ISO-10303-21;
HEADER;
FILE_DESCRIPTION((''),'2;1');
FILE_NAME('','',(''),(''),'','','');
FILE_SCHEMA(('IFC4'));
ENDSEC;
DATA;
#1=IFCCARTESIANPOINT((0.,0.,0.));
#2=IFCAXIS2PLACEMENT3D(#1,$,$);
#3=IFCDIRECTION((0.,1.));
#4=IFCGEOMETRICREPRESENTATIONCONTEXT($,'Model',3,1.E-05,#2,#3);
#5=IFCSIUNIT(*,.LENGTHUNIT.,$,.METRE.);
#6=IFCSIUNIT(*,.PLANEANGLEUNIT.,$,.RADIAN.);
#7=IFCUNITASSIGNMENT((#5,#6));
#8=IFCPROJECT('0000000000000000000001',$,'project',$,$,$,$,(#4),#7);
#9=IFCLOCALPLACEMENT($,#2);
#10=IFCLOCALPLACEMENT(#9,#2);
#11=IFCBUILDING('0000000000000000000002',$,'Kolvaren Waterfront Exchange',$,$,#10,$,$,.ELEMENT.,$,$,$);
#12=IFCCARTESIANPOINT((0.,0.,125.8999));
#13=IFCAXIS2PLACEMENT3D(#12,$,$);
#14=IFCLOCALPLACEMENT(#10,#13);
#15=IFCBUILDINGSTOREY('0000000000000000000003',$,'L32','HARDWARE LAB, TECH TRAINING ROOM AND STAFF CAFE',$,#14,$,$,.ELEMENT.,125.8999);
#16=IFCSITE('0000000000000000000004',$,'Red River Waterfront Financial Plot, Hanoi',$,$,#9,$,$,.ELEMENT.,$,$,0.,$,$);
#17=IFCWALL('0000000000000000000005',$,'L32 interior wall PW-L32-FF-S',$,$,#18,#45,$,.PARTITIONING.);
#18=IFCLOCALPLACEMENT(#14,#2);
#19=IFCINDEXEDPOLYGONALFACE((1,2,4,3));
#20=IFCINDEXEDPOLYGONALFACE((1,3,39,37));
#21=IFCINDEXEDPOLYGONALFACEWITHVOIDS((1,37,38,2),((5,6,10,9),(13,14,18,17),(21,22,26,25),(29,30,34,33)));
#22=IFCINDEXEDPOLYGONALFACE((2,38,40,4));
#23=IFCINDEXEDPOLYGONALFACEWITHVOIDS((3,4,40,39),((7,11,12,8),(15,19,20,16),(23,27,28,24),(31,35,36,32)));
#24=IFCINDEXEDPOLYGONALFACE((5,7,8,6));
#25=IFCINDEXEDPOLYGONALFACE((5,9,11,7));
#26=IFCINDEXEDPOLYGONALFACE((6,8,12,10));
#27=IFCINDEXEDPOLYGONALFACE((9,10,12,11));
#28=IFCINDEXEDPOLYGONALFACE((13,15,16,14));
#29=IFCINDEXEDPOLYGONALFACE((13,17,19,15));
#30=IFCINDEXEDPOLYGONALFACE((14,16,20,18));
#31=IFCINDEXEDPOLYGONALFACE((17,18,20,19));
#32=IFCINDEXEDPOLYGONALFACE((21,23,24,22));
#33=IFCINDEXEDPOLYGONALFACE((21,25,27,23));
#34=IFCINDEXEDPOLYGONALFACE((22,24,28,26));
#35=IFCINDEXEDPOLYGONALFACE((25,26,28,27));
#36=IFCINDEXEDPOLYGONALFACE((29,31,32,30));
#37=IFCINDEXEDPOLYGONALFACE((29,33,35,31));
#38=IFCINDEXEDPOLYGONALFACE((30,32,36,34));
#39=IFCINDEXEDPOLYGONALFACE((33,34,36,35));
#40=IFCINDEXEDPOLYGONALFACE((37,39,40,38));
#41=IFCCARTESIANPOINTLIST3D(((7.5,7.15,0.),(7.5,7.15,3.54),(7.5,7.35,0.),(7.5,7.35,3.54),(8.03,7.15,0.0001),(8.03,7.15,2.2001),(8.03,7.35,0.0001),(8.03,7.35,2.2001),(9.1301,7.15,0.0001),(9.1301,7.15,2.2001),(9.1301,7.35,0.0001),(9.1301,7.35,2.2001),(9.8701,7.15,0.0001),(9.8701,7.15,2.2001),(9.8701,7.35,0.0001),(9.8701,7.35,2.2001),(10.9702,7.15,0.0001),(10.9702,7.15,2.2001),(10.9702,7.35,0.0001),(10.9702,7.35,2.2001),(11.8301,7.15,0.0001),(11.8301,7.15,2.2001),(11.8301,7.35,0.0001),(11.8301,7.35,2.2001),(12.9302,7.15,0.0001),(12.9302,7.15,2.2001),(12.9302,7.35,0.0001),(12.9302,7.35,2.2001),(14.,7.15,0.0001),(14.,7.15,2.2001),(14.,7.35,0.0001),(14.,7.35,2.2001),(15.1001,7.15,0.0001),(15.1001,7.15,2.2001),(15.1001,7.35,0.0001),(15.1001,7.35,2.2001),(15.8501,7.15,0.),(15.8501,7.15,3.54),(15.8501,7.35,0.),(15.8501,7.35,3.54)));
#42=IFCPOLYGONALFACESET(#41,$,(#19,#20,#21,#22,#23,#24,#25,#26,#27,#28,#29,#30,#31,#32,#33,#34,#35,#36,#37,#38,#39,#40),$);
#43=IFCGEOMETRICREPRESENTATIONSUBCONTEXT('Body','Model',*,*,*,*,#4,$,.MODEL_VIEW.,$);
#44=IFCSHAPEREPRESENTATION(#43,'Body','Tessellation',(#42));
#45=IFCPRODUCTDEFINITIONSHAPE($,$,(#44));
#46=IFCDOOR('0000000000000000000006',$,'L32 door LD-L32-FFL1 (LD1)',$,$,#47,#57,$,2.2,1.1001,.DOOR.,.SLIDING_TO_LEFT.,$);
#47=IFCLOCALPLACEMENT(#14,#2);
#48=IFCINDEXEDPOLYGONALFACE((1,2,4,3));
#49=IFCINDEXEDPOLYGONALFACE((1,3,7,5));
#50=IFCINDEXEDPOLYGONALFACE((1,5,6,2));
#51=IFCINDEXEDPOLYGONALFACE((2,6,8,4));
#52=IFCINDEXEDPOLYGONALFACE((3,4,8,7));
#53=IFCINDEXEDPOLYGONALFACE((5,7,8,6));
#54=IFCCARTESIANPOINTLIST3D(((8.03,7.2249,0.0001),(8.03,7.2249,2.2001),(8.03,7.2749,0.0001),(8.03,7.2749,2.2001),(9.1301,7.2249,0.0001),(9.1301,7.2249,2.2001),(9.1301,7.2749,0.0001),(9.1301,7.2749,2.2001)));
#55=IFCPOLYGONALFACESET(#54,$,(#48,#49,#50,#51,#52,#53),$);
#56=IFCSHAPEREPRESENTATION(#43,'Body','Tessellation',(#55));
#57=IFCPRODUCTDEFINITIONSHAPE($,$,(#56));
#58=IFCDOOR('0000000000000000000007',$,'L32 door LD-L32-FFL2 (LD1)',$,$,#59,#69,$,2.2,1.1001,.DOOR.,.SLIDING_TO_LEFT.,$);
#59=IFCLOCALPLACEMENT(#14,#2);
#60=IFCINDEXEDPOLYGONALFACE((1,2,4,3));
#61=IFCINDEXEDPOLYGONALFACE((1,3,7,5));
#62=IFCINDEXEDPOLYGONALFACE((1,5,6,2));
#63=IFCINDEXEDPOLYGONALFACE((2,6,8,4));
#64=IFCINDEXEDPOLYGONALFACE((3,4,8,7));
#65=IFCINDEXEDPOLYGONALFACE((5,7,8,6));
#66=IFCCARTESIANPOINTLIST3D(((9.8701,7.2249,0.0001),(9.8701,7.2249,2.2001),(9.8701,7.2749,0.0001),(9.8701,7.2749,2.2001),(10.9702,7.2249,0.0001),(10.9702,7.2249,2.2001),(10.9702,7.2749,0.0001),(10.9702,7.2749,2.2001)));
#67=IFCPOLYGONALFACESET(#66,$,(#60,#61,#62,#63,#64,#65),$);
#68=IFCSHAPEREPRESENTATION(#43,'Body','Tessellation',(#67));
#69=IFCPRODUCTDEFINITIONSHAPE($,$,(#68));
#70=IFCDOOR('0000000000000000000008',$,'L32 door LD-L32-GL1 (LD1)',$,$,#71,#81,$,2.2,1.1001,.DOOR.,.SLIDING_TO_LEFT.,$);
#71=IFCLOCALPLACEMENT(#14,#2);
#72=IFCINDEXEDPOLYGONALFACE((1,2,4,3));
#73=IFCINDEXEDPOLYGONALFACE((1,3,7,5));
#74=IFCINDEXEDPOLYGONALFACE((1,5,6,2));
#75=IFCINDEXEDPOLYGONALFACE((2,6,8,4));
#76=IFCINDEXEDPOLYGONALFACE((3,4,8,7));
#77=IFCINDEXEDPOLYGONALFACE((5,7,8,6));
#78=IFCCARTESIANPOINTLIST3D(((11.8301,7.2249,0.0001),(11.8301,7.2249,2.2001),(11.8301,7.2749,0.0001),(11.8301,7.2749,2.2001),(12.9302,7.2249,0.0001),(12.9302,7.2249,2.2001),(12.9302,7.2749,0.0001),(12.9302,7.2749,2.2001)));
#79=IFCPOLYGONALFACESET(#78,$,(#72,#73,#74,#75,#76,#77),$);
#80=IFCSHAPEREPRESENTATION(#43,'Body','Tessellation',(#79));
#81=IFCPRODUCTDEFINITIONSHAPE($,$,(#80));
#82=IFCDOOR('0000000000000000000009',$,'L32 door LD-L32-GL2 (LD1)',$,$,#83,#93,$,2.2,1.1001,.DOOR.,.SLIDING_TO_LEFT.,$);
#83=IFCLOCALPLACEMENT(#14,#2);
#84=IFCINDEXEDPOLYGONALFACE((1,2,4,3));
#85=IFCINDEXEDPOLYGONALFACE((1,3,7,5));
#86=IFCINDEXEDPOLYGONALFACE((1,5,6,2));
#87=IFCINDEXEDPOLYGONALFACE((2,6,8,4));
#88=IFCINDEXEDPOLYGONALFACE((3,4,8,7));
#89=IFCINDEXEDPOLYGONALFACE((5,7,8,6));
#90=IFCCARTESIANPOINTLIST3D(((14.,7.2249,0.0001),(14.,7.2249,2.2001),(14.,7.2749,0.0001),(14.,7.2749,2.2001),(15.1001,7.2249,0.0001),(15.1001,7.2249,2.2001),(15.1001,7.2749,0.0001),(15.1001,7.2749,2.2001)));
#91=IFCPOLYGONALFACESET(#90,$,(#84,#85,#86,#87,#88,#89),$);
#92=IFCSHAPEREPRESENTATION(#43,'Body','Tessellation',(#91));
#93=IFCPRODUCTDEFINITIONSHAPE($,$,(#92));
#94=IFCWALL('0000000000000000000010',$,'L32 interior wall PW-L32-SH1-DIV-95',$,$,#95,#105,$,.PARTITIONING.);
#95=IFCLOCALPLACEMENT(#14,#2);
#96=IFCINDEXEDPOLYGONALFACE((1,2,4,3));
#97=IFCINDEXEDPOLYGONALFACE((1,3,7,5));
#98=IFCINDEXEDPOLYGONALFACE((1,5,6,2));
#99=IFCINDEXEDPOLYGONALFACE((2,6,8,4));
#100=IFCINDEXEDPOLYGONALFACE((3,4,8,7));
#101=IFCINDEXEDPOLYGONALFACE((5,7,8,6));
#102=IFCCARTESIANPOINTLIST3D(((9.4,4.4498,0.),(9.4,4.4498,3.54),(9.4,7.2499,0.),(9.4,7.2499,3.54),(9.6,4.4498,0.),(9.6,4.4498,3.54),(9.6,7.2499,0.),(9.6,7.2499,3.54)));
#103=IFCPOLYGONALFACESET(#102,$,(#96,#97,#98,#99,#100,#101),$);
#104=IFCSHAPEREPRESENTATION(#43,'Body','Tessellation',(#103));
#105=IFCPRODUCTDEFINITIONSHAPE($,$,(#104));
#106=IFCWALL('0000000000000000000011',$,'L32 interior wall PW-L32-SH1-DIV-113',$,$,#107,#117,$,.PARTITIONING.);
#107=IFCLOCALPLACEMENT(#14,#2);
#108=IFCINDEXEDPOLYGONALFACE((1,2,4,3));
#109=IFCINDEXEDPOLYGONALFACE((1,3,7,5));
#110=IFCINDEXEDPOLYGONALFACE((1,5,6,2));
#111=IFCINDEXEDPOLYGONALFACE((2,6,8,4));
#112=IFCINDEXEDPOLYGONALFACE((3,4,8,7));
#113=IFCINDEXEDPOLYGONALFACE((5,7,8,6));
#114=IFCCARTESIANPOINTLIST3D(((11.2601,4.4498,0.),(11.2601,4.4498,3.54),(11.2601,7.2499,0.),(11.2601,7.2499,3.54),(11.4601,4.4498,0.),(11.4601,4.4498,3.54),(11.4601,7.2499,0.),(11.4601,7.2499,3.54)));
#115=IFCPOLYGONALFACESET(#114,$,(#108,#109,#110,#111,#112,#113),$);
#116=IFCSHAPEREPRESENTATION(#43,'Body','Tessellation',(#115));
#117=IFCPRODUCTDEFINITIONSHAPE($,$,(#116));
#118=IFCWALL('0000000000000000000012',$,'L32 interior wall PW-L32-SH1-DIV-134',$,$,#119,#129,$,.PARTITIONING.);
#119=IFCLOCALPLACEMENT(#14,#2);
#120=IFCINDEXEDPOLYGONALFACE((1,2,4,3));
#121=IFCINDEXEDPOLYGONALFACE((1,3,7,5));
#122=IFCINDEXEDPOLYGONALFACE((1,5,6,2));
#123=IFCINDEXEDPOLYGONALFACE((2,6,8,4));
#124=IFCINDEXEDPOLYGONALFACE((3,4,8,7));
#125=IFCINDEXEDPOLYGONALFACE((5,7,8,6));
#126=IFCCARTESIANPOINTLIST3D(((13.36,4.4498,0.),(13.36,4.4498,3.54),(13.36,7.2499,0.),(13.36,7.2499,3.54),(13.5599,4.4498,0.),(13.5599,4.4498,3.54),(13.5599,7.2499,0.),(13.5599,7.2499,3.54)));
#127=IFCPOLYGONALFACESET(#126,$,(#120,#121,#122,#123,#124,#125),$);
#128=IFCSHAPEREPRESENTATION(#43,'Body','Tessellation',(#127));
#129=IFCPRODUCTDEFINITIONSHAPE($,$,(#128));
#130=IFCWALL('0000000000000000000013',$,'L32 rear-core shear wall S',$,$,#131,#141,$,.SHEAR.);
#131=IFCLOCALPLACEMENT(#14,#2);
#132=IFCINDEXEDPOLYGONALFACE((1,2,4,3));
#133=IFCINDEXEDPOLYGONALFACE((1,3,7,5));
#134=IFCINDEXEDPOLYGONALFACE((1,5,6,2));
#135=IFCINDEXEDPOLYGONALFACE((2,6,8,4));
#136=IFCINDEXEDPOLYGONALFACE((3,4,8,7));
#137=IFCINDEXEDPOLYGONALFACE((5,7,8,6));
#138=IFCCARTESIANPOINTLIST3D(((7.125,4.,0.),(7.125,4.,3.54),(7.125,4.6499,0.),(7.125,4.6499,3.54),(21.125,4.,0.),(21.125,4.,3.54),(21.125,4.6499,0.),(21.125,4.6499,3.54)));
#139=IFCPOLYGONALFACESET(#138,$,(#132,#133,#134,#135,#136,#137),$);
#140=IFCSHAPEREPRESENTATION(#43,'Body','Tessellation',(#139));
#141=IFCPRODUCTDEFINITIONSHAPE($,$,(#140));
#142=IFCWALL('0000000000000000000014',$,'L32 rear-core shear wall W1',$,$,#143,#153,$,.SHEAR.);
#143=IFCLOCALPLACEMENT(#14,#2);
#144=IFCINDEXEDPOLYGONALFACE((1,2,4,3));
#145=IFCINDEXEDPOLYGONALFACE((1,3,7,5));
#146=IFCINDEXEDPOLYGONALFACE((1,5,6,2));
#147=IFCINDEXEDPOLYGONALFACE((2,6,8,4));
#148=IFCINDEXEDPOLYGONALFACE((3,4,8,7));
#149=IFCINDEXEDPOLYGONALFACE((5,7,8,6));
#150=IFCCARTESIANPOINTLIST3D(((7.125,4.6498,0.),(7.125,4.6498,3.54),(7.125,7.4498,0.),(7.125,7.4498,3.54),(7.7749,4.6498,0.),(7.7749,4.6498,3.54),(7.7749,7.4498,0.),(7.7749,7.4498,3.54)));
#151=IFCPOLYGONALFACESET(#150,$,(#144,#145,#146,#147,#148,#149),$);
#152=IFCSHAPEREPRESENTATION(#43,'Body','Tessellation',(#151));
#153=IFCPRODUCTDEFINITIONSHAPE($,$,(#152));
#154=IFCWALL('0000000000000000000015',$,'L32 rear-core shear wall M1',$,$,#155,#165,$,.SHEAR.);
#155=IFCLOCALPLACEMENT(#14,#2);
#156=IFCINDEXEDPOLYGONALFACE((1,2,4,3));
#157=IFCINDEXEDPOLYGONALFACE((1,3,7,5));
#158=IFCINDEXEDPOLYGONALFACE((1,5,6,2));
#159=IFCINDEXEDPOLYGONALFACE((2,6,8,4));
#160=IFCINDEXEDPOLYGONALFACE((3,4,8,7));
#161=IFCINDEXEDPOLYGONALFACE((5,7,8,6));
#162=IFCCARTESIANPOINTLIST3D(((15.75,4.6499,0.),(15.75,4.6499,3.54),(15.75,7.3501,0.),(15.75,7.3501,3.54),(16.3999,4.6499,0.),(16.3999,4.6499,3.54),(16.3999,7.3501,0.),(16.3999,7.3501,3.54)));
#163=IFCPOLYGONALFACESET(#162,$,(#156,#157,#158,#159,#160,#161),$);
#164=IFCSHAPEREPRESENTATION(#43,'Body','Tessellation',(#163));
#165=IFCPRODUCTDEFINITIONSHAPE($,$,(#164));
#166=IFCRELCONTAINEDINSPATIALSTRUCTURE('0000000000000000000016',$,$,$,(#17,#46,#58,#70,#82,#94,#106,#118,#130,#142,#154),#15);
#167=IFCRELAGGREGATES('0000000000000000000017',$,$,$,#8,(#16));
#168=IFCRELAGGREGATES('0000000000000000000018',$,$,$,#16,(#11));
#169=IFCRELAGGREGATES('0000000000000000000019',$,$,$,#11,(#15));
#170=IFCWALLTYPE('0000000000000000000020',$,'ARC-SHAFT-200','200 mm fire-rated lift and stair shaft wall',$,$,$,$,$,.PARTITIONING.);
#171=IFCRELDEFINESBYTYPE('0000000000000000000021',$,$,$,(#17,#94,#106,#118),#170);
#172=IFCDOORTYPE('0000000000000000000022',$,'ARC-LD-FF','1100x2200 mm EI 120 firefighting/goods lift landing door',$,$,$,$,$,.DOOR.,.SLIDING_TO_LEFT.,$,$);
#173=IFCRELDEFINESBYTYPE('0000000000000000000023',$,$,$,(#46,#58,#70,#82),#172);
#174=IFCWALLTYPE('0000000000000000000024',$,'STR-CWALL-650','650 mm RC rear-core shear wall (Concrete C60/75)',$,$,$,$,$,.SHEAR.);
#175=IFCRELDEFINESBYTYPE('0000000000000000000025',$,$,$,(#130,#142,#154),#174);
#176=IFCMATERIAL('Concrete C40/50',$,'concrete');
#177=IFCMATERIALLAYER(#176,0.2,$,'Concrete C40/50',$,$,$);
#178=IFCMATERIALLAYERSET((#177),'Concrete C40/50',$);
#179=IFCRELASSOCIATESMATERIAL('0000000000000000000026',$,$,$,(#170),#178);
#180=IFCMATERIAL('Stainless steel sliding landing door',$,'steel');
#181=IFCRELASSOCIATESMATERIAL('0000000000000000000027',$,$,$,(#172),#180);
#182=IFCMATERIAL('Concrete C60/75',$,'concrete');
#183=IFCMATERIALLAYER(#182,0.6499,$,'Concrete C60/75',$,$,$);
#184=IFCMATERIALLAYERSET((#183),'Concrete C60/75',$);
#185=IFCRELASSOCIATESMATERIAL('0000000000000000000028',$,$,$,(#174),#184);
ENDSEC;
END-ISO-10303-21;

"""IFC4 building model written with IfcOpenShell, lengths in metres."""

from ifc_helpers import new_model, si_unit, direction, frame, frame_2d, origin, place, context, subcontext, project, spatial, rectangle, extrude, material, layer, layer_set, type_object, element, fill, save


model = new_model("IFC4")

# Units and contexts
model_context = context("Model", 3, precision=1e-05, world=origin(), true_north=direction((0.0, 1.0)))
body_context = subcontext(model_context, "Body", "Model", "MODEL_VIEW")
ifc_project = project(units=[si_unit("LENGTHUNIT", "METRE"), si_unit("PLANEANGLEUNIT", "RADIAN")], contexts=[model_context])

# Site, building, storey
site_placement = place(None, origin())
site = spatial("IfcSite", under=ifc_project, at=site_placement, Name="Red River Waterfront Financial Plot, Hanoi", CompositionType="ELEMENT", RefElevation=0.0)
building_placement = place(site_placement, origin())
building = spatial("IfcBuilding", under=site, at=building_placement, Name="Kolvaren Waterfront Exchange", CompositionType="ELEMENT")
storey_placement = place(building_placement, frame((0.0, 0.0, 125.8999)))
storey = spatial("IfcBuildingStorey", under=building, at=storey_placement, Name="L32", Description="HARDWARE LAB, TECH TRAINING ROOM AND STAFF CAFE", CompositionType="ELEMENT", Elevation=125.8999)

# Shared definitions
ifc_material_1 = material(Name="Concrete C60/75", Category="concrete")

# Wall, openings, doors
ifc_material_2 = material(Name="Concrete C40/50", Category="concrete")
ifc_layer_1 = layer(ifc_material_2, 0.2, Name="Concrete C40/50")
ifc_layer_set_1 = layer_set([ifc_layer_1], Name="Concrete C40/50")
wall_type_1 = type_object("IfcWallType", Name="ARC-SHAFT-200", Description="200 mm fire-rated lift and stair shaft wall", PredefinedType="PARTITIONING", material=ifc_layer_set_1)
wall_1_placement = place(storey_placement, frame((7.5, 7.25, 0.0), z_axis=(0.0, 0.0, 1.0), x_axis=(1.0, 0.0, 0.0)))
wall_1 = element("IfcWall", 1, at=wall_1_placement, inside=storey, type_object=wall_type_1, Name="L32 interior wall PW-L32-FF-S", PredefinedType="PARTITIONING", context=body_context, shape_type="SweptSolid", body=[
    extrude(rectangle(XDim=8.3501, YDim=0.2, at=frame_2d((4.175, 0.0))), origin(), (0.0, 0.0, 1.0), 3.54),
])
opening_1_placement = place(wall_1_placement, frame((0.53, 0.0, 0.0)))
opening_1 = element("IfcOpeningElement", 2, at=opening_1_placement, cuts=wall_1, PredefinedType="OPENING", context=body_context, shape_type="SweptSolid", body=[
    extrude(rectangle(XDim=1.1001, YDim=2.2, at=frame_2d((0.55, 1.1001))), frame((0.0, 0.1099, 0.0), z_axis=(0.0, -1.0, 0.0), x_axis=(1.0, 0.0, 0.0)), (0.0, 0.0, 1.0), 0.22),
])
opening_2_placement = place(wall_1_placement, frame((2.3701, 0.0, 0.0)))
opening_2 = element("IfcOpeningElement", 3, at=opening_2_placement, cuts=wall_1, PredefinedType="OPENING", context=body_context, shape_type="SweptSolid", body=[
    extrude(rectangle(XDim=1.1001, YDim=2.2, at=frame_2d((0.55, 1.1001))), frame((0.0, 0.1099, 0.0), z_axis=(0.0, -1.0, 0.0), x_axis=(1.0, 0.0, 0.0)), (0.0, 0.0, 1.0), 0.22),
])
opening_3_placement = place(wall_1_placement, frame((4.3301, 0.0, 0.0)))
opening_3 = element("IfcOpeningElement", 4, at=opening_3_placement, cuts=wall_1, PredefinedType="OPENING", context=body_context, shape_type="SweptSolid", body=[
    extrude(rectangle(XDim=1.1001, YDim=2.2, at=frame_2d((0.55, 1.1001))), frame((0.0, 0.1099, 0.0), z_axis=(0.0, -1.0, 0.0), x_axis=(1.0, 0.0, 0.0)), (0.0, 0.0, 1.0), 0.22),
])
opening_4_placement = place(wall_1_placement, frame((6.5, 0.0, 0.0)))
opening_4 = element("IfcOpeningElement", 5, at=opening_4_placement, cuts=wall_1, PredefinedType="OPENING", context=body_context, shape_type="SweptSolid", body=[
    extrude(rectangle(XDim=1.1001, YDim=2.2, at=frame_2d((0.55, 1.1001))), frame((0.0, 0.1099, 0.0), z_axis=(0.0, -1.0, 0.0), x_axis=(1.0, 0.0, 0.0)), (0.0, 0.0, 1.0), 0.22),
])
ifc_material_3 = material(Name="Stainless steel sliding landing door", Category="steel")
door_type = type_object("IfcDoorType", Name="ARC-LD-FF", Description="1100x2200 mm EI 120 firefighting/goods lift landing door", OperationType="SLIDING_TO_LEFT", PredefinedType="DOOR", material=ifc_material_3)
door_1_placement = place(opening_1_placement, origin())
door_1 = element("IfcDoor", 6, at=door_1_placement, inside=storey, type_object=door_type, Name="L32 door LD-L32-FFL1 (LD1)", OperationType="SLIDING_TO_LEFT", OverallHeight=2.2, OverallWidth=1.1001, PredefinedType="DOOR", context=body_context, shape_type="SweptSolid", body=[
    extrude(rectangle(XDim=1.1001, YDim=2.2, at=frame_2d((0.55, 1.1001))), frame((0.0, 0.0249, 0.0), z_axis=(0.0, -1.0, 0.0), x_axis=(1.0, 0.0, 0.0)), (0.0, 0.0, 1.0), 0.05),
])
fill(opening_1, door_1)
door_2_placement = place(opening_2_placement, origin())
door_2 = element("IfcDoor", 7, at=door_2_placement, inside=storey, type_object=door_type, Name="L32 door LD-L32-FFL2 (LD1)", OperationType="SLIDING_TO_LEFT", OverallHeight=2.2, OverallWidth=1.1001, PredefinedType="DOOR", context=body_context, shape_type="SweptSolid", body=[
    extrude(rectangle(XDim=1.1001, YDim=2.2, at=frame_2d((0.55, 1.1001))), frame((0.0, 0.0249, 0.0), z_axis=(0.0, -1.0, 0.0), x_axis=(1.0, 0.0, 0.0)), (0.0, 0.0, 1.0), 0.05),
])
fill(opening_2, door_2)
door_3_placement = place(opening_3_placement, origin())
door_3 = element("IfcDoor", 8, at=door_3_placement, inside=storey, type_object=door_type, Name="L32 door LD-L32-GL1 (LD1)", OperationType="SLIDING_TO_LEFT", OverallHeight=2.2, OverallWidth=1.1001, PredefinedType="DOOR", context=body_context, shape_type="SweptSolid", body=[
    extrude(rectangle(XDim=1.1001, YDim=2.2, at=frame_2d((0.55, 1.1001))), frame((0.0, 0.0249, 0.0), z_axis=(0.0, -1.0, 0.0), x_axis=(1.0, 0.0, 0.0)), (0.0, 0.0, 1.0), 0.05),
])
fill(opening_3, door_3)
door_4_placement = place(opening_4_placement, origin())
door_4 = element("IfcDoor", 9, at=door_4_placement, inside=storey, type_object=door_type, Name="L32 door LD-L32-GL2 (LD1)", OperationType="SLIDING_TO_LEFT", OverallHeight=2.2, OverallWidth=1.1001, PredefinedType="DOOR", context=body_context, shape_type="SweptSolid", body=[
    extrude(rectangle(XDim=1.1001, YDim=2.2, at=frame_2d((0.55, 1.1001))), frame((0.0, 0.0249, 0.0), z_axis=(0.0, -1.0, 0.0), x_axis=(1.0, 0.0, 0.0)), (0.0, 0.0, 1.0), 0.05),
])
fill(opening_4, door_4)

# Walls
for number, where, z_axis, x_axis, name in (
    (10, (9.5, 4.45, 0.0), (0.0, 0.0, 1.0), (0.0, 1.0, 0.0), "L32 interior wall PW-L32-SH1-DIV-95"),
    (11, (11.3601, 4.45, 0.0), (0.0, 0.0, 1.0), (0.0, 1.0, 0.0), "L32 interior wall PW-L32-SH1-DIV-113"),
    (12, (13.46, 4.45, 0.0), (0.0, 0.0, 1.0), (0.0, 1.0, 0.0), "L32 interior wall PW-L32-SH1-DIV-134"),
):
    element("IfcWall", number, at=place(storey_placement, frame(where, z_axis=z_axis, x_axis=x_axis)), inside=storey, type_object=wall_type_1, Name=name, PredefinedType="PARTITIONING", context=body_context, shape_type="SweptSolid", body=[
        extrude(rectangle(XDim=2.8, YDim=0.2, at=frame_2d((1.3999, 0.0))), origin(), (0.0, 0.0, 1.0), 3.54),
    ])
ifc_layer_2 = layer(ifc_material_1, 0.6499, Name="Concrete C60/75")
ifc_layer_set_2 = layer_set([ifc_layer_2], Name="Concrete C60/75")
wall_type_2 = type_object("IfcWallType", Name="STR-CWALL-650", Description="650 mm RC rear-core shear wall (Concrete C60/75)", PredefinedType="SHEAR", material=ifc_layer_set_2)
wall_2_placement = place(storey_placement, frame((7.125, 4.325, 0.0), z_axis=(0.0, 0.0, 1.0), x_axis=(1.0, 0.0, 0.0)))
element("IfcWall", 13, at=wall_2_placement, inside=storey, type_object=wall_type_2, Name="L32 rear-core shear wall S", PredefinedType="SHEAR", context=body_context, shape_type="SweptSolid", body=[
    extrude(rectangle(XDim=14.0, YDim=0.6499, at=frame_2d((7.0, 0.0))), origin(), (0.0, 0.0, 1.0), 3.54),
])
wall_3_placement = place(storey_placement, frame((7.45, 4.6499, 0.0), z_axis=(0.0, 0.0, 1.0), x_axis=(0.0, 1.0, 0.0)))
element("IfcWall", 14, at=wall_3_placement, inside=storey, type_object=wall_type_2, Name="L32 rear-core shear wall W1", PredefinedType="SHEAR", context=body_context, shape_type="SweptSolid", body=[
    extrude(rectangle(XDim=2.8, YDim=0.6499, at=frame_2d((1.3999, 0.0))), origin(), (0.0, 0.0, 1.0), 3.54),
])
wall_4_placement = place(storey_placement, frame((16.075, 4.6499, 0.0), z_axis=(0.0, 0.0, 1.0), x_axis=(0.0, 1.0, 0.0)))
element("IfcWall", 15, at=wall_4_placement, inside=storey, type_object=wall_type_2, Name="L32 rear-core shear wall M1", PredefinedType="SHEAR", context=body_context, shape_type="SweptSolid", body=[
    extrude(rectangle(XDim=2.7002, YDim=0.6499, at=frame_2d((1.3501, 0.0))), origin(), (0.0, 0.0, 1.0), 3.54),
])

save(model, "model.ifc")
